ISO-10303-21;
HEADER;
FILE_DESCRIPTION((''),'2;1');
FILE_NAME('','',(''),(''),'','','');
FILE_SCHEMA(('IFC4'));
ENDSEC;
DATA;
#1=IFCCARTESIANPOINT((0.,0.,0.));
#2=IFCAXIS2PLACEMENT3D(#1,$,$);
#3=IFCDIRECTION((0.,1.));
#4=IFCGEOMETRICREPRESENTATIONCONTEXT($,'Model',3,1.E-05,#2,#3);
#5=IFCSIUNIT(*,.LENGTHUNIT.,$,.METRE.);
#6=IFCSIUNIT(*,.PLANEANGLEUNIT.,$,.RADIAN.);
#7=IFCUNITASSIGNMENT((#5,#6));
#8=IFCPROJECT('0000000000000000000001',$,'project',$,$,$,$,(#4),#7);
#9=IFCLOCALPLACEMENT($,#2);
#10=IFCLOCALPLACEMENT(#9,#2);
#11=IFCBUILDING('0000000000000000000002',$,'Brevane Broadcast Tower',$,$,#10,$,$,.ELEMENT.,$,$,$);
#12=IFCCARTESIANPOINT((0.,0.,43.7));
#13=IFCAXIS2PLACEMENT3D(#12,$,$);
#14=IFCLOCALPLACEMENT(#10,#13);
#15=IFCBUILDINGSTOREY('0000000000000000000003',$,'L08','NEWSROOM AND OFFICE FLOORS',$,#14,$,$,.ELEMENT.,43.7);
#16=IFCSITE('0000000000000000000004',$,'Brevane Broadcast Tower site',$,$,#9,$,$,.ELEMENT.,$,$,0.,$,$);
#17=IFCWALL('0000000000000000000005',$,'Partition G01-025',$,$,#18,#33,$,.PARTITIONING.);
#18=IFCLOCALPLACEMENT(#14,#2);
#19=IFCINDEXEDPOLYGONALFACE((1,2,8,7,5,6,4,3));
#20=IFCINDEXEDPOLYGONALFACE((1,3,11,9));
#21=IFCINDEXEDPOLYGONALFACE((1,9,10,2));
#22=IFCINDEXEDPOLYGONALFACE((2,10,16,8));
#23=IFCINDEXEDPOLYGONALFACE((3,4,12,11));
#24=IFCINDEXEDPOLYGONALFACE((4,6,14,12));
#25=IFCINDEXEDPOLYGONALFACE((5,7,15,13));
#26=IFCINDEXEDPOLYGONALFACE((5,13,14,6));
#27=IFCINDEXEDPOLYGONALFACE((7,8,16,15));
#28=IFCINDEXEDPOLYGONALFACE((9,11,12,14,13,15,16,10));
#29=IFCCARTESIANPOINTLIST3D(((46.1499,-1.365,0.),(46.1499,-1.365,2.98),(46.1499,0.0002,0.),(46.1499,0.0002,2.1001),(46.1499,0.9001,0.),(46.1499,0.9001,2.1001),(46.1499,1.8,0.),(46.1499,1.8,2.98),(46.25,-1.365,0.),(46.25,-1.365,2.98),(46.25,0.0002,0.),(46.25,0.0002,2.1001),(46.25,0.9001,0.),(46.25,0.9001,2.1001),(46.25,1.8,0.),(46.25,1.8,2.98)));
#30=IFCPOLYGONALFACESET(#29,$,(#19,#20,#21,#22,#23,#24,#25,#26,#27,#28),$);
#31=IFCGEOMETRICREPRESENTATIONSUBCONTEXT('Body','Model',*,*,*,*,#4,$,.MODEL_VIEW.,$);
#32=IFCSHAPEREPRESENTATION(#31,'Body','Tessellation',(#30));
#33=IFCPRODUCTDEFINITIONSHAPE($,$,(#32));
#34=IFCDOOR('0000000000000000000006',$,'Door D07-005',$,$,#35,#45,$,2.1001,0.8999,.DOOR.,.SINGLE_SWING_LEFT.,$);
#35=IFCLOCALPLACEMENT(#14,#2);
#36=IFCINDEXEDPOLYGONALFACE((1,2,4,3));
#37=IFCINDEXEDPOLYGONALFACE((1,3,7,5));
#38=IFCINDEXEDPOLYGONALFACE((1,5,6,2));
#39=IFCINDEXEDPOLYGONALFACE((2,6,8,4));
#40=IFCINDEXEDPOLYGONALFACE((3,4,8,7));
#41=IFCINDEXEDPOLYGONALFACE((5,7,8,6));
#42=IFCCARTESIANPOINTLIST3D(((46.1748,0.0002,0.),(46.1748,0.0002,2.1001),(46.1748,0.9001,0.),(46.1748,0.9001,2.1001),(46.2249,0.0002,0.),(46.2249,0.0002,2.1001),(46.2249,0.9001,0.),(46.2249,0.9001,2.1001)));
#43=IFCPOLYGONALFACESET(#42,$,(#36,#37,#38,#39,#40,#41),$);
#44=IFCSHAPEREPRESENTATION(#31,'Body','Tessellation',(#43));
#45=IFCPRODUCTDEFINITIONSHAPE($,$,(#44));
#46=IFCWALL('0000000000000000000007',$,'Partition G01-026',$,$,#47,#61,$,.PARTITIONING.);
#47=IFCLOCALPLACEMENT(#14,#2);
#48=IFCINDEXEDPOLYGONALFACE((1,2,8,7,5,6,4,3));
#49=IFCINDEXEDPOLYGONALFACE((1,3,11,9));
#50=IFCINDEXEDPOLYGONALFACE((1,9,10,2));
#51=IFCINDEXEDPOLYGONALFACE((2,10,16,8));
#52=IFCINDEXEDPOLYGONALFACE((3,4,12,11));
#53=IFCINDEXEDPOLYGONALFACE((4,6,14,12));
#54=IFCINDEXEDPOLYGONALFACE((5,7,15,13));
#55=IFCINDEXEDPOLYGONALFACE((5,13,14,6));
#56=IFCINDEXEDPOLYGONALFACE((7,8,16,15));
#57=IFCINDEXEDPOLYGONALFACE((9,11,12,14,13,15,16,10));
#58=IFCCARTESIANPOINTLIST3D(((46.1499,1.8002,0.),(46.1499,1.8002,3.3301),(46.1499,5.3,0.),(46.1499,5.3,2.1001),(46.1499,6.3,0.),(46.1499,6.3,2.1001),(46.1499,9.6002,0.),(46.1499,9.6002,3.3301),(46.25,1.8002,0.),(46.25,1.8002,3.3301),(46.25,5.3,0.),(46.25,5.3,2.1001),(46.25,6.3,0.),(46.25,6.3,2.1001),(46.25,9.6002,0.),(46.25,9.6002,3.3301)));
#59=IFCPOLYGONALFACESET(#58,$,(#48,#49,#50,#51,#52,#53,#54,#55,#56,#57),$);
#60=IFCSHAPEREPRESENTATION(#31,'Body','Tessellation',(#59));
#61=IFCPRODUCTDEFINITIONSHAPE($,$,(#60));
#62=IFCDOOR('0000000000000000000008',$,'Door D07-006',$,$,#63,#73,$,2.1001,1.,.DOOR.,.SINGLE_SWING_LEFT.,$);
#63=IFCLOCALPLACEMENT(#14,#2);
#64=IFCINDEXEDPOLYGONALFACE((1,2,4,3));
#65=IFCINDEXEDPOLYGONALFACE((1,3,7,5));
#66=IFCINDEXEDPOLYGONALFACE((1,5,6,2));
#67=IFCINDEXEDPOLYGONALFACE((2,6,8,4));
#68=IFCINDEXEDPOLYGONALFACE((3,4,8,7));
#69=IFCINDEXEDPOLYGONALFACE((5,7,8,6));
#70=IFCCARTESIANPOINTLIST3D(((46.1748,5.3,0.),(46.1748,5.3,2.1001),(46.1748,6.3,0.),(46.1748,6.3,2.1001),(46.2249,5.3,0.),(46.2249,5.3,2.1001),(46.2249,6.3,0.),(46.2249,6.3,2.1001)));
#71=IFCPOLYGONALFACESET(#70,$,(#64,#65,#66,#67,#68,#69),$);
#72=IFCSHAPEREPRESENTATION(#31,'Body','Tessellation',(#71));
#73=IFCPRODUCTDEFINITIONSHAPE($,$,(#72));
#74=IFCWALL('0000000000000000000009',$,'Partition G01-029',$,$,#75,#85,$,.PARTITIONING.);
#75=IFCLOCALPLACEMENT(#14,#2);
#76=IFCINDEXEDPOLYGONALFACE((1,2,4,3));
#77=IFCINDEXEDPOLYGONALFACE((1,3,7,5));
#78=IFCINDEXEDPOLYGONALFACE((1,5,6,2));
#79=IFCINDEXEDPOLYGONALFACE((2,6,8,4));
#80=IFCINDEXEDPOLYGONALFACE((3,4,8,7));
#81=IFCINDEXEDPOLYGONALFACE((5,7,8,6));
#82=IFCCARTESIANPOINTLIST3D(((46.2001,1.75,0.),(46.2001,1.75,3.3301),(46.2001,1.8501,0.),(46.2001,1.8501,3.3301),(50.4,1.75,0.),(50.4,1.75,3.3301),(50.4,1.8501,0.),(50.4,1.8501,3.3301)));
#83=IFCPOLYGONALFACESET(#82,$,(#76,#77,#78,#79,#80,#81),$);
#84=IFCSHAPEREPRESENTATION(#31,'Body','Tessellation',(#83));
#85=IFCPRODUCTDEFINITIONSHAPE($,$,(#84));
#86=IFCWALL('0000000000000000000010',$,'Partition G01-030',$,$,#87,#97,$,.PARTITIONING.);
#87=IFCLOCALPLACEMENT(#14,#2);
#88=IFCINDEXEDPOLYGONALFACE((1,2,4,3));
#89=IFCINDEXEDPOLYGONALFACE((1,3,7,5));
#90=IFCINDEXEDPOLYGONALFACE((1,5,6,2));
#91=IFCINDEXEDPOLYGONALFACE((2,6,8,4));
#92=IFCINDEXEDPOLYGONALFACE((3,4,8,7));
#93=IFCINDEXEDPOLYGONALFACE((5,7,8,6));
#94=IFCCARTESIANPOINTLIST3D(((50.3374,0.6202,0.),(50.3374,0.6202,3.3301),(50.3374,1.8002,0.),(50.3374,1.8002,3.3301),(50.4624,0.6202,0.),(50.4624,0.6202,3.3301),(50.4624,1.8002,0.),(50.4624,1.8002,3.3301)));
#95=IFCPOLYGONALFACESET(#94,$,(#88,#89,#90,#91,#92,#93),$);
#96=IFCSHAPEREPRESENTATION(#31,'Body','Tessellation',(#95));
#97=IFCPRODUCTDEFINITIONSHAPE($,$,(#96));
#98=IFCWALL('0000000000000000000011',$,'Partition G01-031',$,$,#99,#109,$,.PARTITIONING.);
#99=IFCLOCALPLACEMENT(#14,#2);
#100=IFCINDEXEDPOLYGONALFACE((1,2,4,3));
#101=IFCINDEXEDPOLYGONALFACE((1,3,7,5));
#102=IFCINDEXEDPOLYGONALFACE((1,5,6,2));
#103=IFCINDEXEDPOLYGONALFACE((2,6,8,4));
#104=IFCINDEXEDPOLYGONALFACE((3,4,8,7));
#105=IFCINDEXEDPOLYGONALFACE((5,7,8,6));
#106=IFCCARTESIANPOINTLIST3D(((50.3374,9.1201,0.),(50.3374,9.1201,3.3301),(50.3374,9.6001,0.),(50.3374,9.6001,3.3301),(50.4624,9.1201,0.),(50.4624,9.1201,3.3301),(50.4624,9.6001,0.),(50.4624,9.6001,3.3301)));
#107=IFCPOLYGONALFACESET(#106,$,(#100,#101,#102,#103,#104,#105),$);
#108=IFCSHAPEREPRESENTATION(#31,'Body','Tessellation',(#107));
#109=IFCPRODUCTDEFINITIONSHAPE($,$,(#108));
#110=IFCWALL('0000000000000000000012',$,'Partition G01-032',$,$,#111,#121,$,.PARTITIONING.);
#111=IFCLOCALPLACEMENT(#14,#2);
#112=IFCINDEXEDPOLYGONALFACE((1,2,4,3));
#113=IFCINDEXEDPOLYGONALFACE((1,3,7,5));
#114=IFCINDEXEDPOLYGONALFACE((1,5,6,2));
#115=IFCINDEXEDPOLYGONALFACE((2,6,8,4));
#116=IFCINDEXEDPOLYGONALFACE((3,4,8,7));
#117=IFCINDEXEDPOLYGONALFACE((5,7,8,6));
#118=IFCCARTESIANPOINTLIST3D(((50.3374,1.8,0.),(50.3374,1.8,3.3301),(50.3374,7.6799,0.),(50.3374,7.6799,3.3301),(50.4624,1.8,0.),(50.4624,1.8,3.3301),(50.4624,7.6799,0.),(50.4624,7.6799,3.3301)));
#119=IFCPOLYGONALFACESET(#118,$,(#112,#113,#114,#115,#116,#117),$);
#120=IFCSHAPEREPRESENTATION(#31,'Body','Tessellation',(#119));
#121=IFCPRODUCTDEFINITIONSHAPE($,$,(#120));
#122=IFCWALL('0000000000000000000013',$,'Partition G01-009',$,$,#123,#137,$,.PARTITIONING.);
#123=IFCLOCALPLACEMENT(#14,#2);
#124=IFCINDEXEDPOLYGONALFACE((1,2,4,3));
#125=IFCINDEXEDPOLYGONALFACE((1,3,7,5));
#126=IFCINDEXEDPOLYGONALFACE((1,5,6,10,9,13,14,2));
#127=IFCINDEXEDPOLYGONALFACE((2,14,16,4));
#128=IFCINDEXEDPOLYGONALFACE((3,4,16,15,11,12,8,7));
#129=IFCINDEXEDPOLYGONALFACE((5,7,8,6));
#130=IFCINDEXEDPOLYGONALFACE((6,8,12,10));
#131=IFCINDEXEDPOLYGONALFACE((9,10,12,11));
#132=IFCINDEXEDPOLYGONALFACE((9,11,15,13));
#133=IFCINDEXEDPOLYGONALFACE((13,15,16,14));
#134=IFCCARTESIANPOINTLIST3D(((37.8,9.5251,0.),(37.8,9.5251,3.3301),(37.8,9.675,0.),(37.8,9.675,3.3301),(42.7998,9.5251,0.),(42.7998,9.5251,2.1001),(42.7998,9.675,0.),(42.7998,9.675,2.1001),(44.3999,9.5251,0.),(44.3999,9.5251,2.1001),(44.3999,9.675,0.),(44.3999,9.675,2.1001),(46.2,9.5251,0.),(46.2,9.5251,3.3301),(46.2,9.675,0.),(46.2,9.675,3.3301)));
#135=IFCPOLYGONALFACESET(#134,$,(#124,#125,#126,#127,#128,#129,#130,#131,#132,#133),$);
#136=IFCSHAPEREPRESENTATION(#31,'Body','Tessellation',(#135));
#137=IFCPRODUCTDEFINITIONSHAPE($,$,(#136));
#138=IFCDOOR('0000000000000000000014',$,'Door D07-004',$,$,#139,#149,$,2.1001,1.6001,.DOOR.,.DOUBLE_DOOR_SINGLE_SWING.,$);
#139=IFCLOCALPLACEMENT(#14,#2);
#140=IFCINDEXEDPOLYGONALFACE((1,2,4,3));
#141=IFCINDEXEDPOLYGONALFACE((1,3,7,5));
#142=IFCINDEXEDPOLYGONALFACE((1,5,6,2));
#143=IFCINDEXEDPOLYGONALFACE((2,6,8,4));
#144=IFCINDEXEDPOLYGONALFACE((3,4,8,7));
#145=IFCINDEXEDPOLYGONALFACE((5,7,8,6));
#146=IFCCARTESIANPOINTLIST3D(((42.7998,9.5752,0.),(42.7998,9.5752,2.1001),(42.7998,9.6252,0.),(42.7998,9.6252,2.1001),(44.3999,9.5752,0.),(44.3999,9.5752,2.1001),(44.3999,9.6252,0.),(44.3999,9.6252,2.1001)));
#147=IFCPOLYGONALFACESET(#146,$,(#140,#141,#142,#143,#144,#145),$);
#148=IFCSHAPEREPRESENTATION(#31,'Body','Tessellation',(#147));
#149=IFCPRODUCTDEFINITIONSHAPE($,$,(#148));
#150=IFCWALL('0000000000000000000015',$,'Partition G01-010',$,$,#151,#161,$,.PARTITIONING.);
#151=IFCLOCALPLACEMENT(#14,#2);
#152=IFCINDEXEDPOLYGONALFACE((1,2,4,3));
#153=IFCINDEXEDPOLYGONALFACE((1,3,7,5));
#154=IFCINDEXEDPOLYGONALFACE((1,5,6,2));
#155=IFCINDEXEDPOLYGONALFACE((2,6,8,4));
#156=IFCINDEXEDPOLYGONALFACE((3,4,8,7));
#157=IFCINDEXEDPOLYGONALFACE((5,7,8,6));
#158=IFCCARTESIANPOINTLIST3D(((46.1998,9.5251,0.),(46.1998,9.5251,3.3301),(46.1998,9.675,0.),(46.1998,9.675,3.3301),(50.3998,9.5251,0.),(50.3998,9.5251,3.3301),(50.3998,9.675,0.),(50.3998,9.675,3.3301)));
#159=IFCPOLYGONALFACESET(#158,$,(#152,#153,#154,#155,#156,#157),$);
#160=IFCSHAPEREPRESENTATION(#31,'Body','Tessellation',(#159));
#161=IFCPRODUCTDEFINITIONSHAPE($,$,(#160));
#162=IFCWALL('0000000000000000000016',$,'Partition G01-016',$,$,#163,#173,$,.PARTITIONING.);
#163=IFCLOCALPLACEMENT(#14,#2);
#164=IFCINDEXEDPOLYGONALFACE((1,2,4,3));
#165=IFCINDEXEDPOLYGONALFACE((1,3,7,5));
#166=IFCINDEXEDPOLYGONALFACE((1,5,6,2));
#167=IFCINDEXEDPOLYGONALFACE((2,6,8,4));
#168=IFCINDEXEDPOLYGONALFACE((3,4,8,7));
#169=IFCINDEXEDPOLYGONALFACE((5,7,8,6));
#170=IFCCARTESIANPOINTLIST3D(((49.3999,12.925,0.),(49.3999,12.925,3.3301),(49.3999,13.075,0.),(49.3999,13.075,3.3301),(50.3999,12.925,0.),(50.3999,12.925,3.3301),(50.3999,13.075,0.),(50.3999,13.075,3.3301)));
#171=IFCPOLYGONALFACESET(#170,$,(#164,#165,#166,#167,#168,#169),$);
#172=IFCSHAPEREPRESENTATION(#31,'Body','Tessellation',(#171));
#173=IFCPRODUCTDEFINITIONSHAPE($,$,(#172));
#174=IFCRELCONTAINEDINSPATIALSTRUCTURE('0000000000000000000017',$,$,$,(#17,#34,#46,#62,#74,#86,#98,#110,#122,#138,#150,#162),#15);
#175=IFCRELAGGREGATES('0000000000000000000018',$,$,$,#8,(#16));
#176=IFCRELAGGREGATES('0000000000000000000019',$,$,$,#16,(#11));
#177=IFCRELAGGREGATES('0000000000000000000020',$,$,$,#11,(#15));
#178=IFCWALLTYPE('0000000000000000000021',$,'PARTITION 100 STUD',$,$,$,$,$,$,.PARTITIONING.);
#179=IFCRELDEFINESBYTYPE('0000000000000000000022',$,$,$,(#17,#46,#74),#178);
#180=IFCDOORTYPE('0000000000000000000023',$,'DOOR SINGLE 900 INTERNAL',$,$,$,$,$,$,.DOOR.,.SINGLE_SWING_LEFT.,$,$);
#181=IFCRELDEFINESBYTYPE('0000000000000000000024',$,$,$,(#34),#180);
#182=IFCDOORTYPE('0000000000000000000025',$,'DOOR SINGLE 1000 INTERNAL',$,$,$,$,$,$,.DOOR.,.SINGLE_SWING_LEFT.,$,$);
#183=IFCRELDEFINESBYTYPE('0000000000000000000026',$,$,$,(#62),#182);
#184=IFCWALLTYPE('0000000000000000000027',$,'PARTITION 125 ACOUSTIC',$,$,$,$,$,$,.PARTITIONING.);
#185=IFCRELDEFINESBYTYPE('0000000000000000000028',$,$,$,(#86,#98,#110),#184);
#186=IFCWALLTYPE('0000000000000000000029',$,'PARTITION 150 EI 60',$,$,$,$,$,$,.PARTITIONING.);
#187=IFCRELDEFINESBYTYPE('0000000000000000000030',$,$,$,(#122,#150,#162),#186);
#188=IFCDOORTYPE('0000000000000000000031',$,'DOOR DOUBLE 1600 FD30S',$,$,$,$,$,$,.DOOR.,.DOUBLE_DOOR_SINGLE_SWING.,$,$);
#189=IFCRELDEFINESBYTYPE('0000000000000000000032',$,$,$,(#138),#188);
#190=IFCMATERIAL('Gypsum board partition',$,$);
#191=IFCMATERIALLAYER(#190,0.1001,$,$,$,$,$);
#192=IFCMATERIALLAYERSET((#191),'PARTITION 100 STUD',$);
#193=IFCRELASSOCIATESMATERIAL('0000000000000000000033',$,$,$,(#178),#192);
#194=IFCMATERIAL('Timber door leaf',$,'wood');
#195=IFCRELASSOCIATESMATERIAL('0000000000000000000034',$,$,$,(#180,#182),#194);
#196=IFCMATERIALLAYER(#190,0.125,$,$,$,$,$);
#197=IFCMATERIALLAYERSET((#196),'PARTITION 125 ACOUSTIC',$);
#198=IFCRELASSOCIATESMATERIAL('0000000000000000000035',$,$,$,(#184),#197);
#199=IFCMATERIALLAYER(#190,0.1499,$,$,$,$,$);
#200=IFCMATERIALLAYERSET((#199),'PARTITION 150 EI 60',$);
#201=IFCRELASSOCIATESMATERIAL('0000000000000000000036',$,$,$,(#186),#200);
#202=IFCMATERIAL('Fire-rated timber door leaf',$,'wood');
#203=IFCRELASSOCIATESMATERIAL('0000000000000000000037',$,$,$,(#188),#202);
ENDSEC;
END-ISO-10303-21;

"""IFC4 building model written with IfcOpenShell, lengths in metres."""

from ifc_helpers import new_model, si_unit, direction, frame, frame_2d, origin, place, context, subcontext, project, spatial, rectangle, extrude, material, layer, layer_set, type_object, element, fill, save


model = new_model("IFC4")

# Units and contexts
model_context = context("Model", 3, precision=1e-05, world=origin(), true_north=direction((0.0, 1.0)))
body_context = subcontext(model_context, "Body", "Model", "MODEL_VIEW")
ifc_project = project(units=[si_unit("LENGTHUNIT", "METRE"), si_unit("PLANEANGLEUNIT", "RADIAN")], contexts=[model_context])

# Site, building, storey
site_placement = place(None, origin())
site = spatial("IfcSite", under=ifc_project, at=site_placement, Name="Brevane Broadcast Tower site", CompositionType="ELEMENT", RefElevation=0.0)
building_placement = place(site_placement, origin())
building = spatial("IfcBuilding", under=site, at=building_placement, Name="Brevane Broadcast Tower", CompositionType="ELEMENT")
storey_placement = place(building_placement, frame((0.0, 0.0, 43.7)))
storey = spatial("IfcBuildingStorey", under=building, at=storey_placement, Name="L08", Description="NEWSROOM AND OFFICE FLOORS", CompositionType="ELEMENT", Elevation=43.7)

# Walls, openings, doors
ifc_material_1 = material(Name="Gypsum board partition")
ifc_layer_1 = layer(ifc_material_1, 0.1001)
ifc_layer_set_1 = layer_set([ifc_layer_1], Name="PARTITION 100 STUD")
wall_type_1 = type_object("IfcWallType", Name="PARTITION 100 STUD", PredefinedType="PARTITIONING", material=ifc_layer_set_1)
wall_1_placement = place(storey_placement, frame((46.2, 1.8, 0.0), z_axis=(0.0, 0.0, 1.0), x_axis=(0.0, -1.0, 0.0)))
wall_1 = element("IfcWall", 1, at=wall_1_placement, inside=storey, type_object=wall_type_1, Name="Partition G01-025", PredefinedType="PARTITIONING", context=body_context, shape_type="SweptSolid", body=[
    extrude(rectangle(XDim=3.165, YDim=0.1001, at=frame_2d((1.5825, 0.0))), origin(), (0.0, 0.0, 1.0), 2.98),
])
opening_1_placement = place(wall_1_placement, frame((0.8999, 0.0, 0.0)))
opening_1 = element("IfcOpeningElement", 2, at=opening_1_placement, cuts=wall_1, PredefinedType="OPENING", context=body_context, shape_type="SweptSolid", body=[
    extrude(rectangle(XDim=0.8999, YDim=2.1001, at=frame_2d((0.45, 1.05))), frame((0.0, 0.0601, 0.0), z_axis=(0.0, -1.0, 0.0), x_axis=(1.0, 0.0, 0.0)), (0.0, 0.0, 1.0), 0.1201),
])
ifc_material_2 = material(Name="Timber door leaf", Category="wood")
door_type_1 = type_object("IfcDoorType", Name="DOOR SINGLE 900 INTERNAL", OperationType="SINGLE_SWING_LEFT", PredefinedType="DOOR", material=ifc_material_2)
door_1_placement = place(opening_1_placement, origin())
door_1 = element("IfcDoor", 3, at=door_1_placement, inside=storey, type_object=door_type_1, Name="Door D07-005", OperationType="SINGLE_SWING_LEFT", OverallHeight=2.1001, OverallWidth=0.8999, PredefinedType="DOOR", context=body_context, shape_type="SweptSolid", body=[
    extrude(rectangle(XDim=0.8999, YDim=2.1001, at=frame_2d((0.45, 1.05))), frame((0.0, 0.0249, 0.0), z_axis=(0.0, -1.0, 0.0), x_axis=(1.0, 0.0, 0.0)), (0.0, 0.0, 1.0), 0.05),
])
fill(opening_1, door_1)
wall_2_placement = place(storey_placement, frame((46.2, 9.6001, 0.0), z_axis=(0.0, 0.0, 1.0), x_axis=(0.0, -1.0, 0.0)))
wall_2 = element("IfcWall", 4, at=wall_2_placement, inside=storey, type_object=wall_type_1, Name="Partition G01-026", PredefinedType="PARTITIONING", context=body_context, shape_type="SweptSolid", body=[
    extrude(rectangle(XDim=7.8, YDim=0.1001, at=frame_2d((3.8999, 0.0))), origin(), (0.0, 0.0, 1.0), 3.3301),
])
opening_2_placement = place(wall_2_placement, frame((3.3, 0.0, 0.0)))
opening_2 = element("IfcOpeningElement", 5, at=opening_2_placement, cuts=wall_2, PredefinedType="OPENING", context=body_context, shape_type="SweptSolid", body=[
    extrude(rectangle(XDim=1.0, YDim=2.1001, at=frame_2d((0.5, 1.05))), frame((0.0, 0.0601, 0.0), z_axis=(0.0, -1.0, 0.0), x_axis=(1.0, 0.0, 0.0)), (0.0, 0.0, 1.0), 0.1201),
])
door_type_2 = type_object("IfcDoorType", Name="DOOR SINGLE 1000 INTERNAL", OperationType="SINGLE_SWING_LEFT", PredefinedType="DOOR", material=ifc_material_2)
door_2_placement = place(opening_2_placement, origin())
door_2 = element("IfcDoor", 6, at=door_2_placement, inside=storey, type_object=door_type_2, Name="Door D07-006", OperationType="SINGLE_SWING_LEFT", OverallHeight=2.1001, OverallWidth=1.0, PredefinedType="DOOR", context=body_context, shape_type="SweptSolid", body=[
    extrude(rectangle(XDim=1.0, YDim=2.1001, at=frame_2d((0.5, 1.05))), frame((0.0, 0.0249, 0.0), z_axis=(0.0, -1.0, 0.0), x_axis=(1.0, 0.0, 0.0)), (0.0, 0.0, 1.0), 0.05),
])
fill(opening_2, door_2)

# Walls
wall_3_placement = place(storey_placement, frame((46.2, 1.8, 0.0), z_axis=(0.0, 0.0, 1.0), x_axis=(1.0, 0.0, 0.0)))
element("IfcWall", 7, at=wall_3_placement, inside=storey, type_object=wall_type_1, Name="Partition G01-029", PredefinedType="PARTITIONING", context=body_context, shape_type="SweptSolid", body=[
    extrude(rectangle(XDim=4.2, YDim=0.1001, at=frame_2d((2.1001, 0.0))), origin(), (0.0, 0.0, 1.0), 3.3301),
])
ifc_layer_2 = layer(ifc_material_1, 0.125)
ifc_layer_set_2 = layer_set([ifc_layer_2], Name="PARTITION 125 ACOUSTIC")
wall_type_2 = type_object("IfcWallType", Name="PARTITION 125 ACOUSTIC", PredefinedType="PARTITIONING", material=ifc_layer_set_2)
wall_4_placement = place(storey_placement, frame((50.3999, 1.8, 0.0), z_axis=(0.0, 0.0, 1.0), x_axis=(0.0, -1.0, 0.0)))
element("IfcWall", 8, at=wall_4_placement, inside=storey, type_object=wall_type_2, Name="Partition G01-030", PredefinedType="PARTITIONING", context=body_context, shape_type="SweptSolid", body=[
    extrude(rectangle(XDim=1.1799, YDim=0.125, at=frame_2d((0.5898, 0.0))), origin(), (0.0, 0.0, 1.0), 3.3301),
])
wall_5_placement = place(storey_placement, frame((50.3999, 9.6001, 0.0), z_axis=(0.0, 0.0, 1.0), x_axis=(0.0, -1.0, 0.0)))
element("IfcWall", 9, at=wall_5_placement, inside=storey, type_object=wall_type_2, Name="Partition G01-031", PredefinedType="PARTITIONING", context=body_context, shape_type="SweptSolid", body=[
    extrude(rectangle(XDim=0.48, YDim=0.125, at=frame_2d((0.24, 0.0))), origin(), (0.0, 0.0, 1.0), 3.3301),
])
wall_6_placement = place(storey_placement, frame((50.3999, 7.6799, 0.0), z_axis=(0.0, 0.0, 1.0), x_axis=(0.0, -1.0, 0.0)))
element("IfcWall", 10, at=wall_6_placement, inside=storey, type_object=wall_type_2, Name="Partition G01-032", PredefinedType="PARTITIONING", context=body_context, shape_type="SweptSolid", body=[
    extrude(rectangle(XDim=5.8799, YDim=0.125, at=frame_2d((2.9399, 0.0))), origin(), (0.0, 0.0, 1.0), 3.3301),
])

# Wall, opening, door
ifc_layer_3 = layer(ifc_material_1, 0.1499)
ifc_layer_set_3 = layer_set([ifc_layer_3], Name="PARTITION 150 EI 60")
wall_type_3 = type_object("IfcWallType", Name="PARTITION 150 EI 60", PredefinedType="PARTITIONING", material=ifc_layer_set_3)
wall_7_placement = place(storey_placement, frame((46.2, 9.6001, 0.0), z_axis=(0.0, 0.0, 1.0), x_axis=(-1.0, 0.0, 0.0)))
wall_7 = element("IfcWall", 11, at=wall_7_placement, inside=storey, type_object=wall_type_3, Name="Partition G01-009", PredefinedType="PARTITIONING", context=body_context, shape_type="SweptSolid", body=[
    extrude(rectangle(XDim=8.3999, YDim=0.1499, at=frame_2d((4.2, 0.0))), origin(), (0.0, 0.0, 1.0), 3.3301),
])
opening_3_placement = place(wall_7_placement, frame((1.8, 0.0, 0.0)))
opening_3 = element("IfcOpeningElement", 12, at=opening_3_placement, cuts=wall_7, PredefinedType="OPENING", context=body_context, shape_type="SweptSolid", body=[
    extrude(rectangle(XDim=1.6001, YDim=2.1001, at=frame_2d((0.8, 1.05))), frame((0.0, 0.085, 0.0), z_axis=(0.0, -1.0, 0.0), x_axis=(1.0, 0.0, 0.0)), (0.0, 0.0, 1.0), 0.1699),
])
ifc_material_3 = material(Name="Fire-rated timber door leaf", Category="wood")
door_type_3 = type_object("IfcDoorType", Name="DOOR DOUBLE 1600 FD30S", OperationType="DOUBLE_DOOR_SINGLE_SWING", PredefinedType="DOOR", material=ifc_material_3)
door_3_placement = place(opening_3_placement, origin())
door_3 = element("IfcDoor", 13, at=door_3_placement, inside=storey, type_object=door_type_3, Name="Door D07-004", OperationType="DOUBLE_DOOR_SINGLE_SWING", OverallHeight=2.1001, OverallWidth=1.6001, PredefinedType="DOOR", context=body_context, shape_type="SweptSolid", body=[
    extrude(rectangle(XDim=1.6001, YDim=2.1001, at=frame_2d((0.8, 1.05))), frame((0.0, 0.0249, 0.0), z_axis=(0.0, -1.0, 0.0), x_axis=(1.0, 0.0, 0.0)), (0.0, 0.0, 1.0), 0.05),
])
fill(opening_3, door_3)

# Walls
wall_8_placement = place(storey_placement, frame((50.3999, 9.6001, 0.0), z_axis=(0.0, 0.0, 1.0), x_axis=(-1.0, 0.0, 0.0)))
element("IfcWall", 14, at=wall_8_placement, inside=storey, type_object=wall_type_3, Name="Partition G01-010", PredefinedType="PARTITIONING", context=body_context, shape_type="SweptSolid", body=[
    extrude(rectangle(XDim=4.2, YDim=0.1499, at=frame_2d((2.1001, 0.0))), origin(), (0.0, 0.0, 1.0), 3.3301),
])
wall_9_placement = place(storey_placement, frame((49.3999, 13.0, 0.0), z_axis=(0.0, 0.0, 1.0), x_axis=(1.0, 0.0, 0.0)))
element("IfcWall", 15, at=wall_9_placement, inside=storey, type_object=wall_type_3, Name="Partition G01-016", PredefinedType="PARTITIONING", context=body_context, shape_type="SweptSolid", body=[
    extrude(rectangle(XDim=1.0, YDim=0.1499, at=frame_2d((0.5, 0.0))), origin(), (0.0, 0.0, 1.0), 3.3301),
])

save(model, "model.ifc")
